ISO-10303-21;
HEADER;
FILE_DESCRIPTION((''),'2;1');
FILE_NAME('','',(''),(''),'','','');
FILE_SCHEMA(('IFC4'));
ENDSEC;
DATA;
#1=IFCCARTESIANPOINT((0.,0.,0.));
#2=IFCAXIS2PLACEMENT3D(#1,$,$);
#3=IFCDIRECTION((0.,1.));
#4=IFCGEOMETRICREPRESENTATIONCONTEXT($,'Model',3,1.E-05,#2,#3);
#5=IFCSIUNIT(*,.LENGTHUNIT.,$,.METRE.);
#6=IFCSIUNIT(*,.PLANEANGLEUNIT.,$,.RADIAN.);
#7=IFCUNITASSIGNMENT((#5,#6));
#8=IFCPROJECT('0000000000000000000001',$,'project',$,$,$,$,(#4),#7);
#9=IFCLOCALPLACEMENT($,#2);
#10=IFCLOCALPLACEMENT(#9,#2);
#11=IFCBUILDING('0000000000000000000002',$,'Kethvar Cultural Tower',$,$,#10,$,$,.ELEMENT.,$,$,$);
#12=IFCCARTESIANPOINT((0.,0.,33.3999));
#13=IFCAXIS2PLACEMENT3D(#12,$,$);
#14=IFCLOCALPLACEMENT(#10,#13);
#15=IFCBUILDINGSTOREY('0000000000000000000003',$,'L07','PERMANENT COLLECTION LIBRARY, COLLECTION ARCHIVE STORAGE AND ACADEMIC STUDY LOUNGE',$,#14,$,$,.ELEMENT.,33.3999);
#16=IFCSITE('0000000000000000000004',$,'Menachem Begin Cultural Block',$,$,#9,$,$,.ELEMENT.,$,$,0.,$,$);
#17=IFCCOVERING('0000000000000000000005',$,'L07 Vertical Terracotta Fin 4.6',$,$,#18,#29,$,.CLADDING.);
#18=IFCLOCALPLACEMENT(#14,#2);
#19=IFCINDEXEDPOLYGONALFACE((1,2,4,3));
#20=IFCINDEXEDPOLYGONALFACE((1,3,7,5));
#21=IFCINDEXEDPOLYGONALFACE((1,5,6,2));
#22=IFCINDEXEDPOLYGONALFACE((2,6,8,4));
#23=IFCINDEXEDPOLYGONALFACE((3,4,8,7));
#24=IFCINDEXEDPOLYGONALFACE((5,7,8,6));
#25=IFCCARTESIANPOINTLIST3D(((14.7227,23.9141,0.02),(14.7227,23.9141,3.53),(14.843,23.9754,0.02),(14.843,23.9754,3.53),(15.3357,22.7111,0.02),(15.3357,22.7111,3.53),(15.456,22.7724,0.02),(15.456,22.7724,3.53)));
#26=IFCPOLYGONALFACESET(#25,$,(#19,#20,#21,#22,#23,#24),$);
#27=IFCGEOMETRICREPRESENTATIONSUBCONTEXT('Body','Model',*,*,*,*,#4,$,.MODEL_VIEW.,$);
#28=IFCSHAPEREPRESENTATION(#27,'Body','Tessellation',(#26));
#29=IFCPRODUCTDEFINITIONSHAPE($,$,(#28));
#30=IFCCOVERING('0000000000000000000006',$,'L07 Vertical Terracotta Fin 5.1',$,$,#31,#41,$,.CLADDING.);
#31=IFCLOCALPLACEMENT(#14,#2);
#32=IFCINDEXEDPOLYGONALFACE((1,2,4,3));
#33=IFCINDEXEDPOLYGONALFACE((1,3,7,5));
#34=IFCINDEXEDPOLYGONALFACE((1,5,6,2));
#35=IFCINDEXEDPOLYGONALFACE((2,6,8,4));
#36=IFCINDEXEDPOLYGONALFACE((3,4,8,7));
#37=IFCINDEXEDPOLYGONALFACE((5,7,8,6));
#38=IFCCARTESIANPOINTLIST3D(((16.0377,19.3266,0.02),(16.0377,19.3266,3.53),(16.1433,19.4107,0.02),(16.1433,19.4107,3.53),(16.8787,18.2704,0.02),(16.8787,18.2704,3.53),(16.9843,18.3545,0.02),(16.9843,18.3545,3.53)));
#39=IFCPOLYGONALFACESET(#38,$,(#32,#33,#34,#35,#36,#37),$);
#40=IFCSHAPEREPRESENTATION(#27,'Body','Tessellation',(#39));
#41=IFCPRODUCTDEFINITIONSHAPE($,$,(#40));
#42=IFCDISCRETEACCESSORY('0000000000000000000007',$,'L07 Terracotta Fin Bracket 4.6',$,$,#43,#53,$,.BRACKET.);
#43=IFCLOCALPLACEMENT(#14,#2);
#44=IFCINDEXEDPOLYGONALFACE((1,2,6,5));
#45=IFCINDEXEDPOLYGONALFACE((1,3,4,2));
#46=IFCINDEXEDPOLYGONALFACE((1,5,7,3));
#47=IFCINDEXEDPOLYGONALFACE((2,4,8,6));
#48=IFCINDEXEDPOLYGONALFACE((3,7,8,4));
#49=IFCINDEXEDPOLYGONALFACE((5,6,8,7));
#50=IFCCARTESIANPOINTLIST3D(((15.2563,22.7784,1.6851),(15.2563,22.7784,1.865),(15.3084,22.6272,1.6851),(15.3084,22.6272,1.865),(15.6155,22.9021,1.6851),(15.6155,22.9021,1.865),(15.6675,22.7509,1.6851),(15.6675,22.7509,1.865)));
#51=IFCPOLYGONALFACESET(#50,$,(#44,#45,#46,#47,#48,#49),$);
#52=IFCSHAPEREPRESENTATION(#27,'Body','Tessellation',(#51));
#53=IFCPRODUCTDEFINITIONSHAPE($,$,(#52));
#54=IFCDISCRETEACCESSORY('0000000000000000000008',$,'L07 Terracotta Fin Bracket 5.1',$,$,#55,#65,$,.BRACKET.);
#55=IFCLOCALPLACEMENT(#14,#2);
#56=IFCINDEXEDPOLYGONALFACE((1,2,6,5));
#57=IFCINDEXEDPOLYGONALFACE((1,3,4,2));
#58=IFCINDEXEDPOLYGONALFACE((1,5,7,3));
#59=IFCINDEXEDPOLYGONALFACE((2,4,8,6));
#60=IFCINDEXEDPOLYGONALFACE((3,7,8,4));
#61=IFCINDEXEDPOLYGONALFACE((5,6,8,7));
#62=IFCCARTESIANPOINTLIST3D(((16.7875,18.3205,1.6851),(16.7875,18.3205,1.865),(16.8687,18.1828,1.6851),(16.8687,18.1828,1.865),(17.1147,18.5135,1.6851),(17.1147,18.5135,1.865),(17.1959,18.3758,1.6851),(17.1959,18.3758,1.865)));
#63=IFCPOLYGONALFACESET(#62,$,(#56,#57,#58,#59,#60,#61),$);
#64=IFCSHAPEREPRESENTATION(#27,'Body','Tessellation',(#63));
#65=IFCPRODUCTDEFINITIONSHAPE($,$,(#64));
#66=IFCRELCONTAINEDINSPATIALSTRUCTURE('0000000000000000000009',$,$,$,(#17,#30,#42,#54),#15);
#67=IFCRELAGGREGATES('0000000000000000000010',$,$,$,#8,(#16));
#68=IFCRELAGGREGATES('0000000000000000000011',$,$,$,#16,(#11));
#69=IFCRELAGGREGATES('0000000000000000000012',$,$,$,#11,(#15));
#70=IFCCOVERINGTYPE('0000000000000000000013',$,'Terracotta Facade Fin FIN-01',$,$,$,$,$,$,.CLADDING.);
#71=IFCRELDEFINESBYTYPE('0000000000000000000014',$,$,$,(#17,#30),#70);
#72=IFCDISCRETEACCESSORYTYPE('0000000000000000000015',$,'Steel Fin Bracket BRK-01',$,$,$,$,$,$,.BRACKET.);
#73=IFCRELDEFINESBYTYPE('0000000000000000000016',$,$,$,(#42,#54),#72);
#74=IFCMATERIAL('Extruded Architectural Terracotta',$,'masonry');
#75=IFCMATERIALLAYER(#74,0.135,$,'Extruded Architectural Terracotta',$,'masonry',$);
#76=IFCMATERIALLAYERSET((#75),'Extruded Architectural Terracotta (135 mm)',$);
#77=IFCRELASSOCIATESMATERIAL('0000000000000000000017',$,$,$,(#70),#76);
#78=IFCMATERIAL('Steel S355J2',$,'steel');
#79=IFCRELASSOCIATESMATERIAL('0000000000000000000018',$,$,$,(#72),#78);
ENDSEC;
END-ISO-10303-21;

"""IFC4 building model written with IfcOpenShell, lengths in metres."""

from ifc_helpers import new_model, si_unit, direction, frame, origin, origin_2d, place, context, subcontext, project, spatial, rectangle, extrude, source, transform, mapped, material, layer, layer_set, type_object, element, save


model = new_model("IFC4")

# Units and contexts
model_context = context("Model", 3, precision=1e-05, world=origin(), true_north=direction((0.0, 1.0)))
body_context = subcontext(model_context, "Body", "Model", "MODEL_VIEW")
ifc_project = project(units=[si_unit("LENGTHUNIT", "METRE"), si_unit("PLANEANGLEUNIT", "RADIAN")], contexts=[model_context])

# Site, building, storey
site_placement = place(None, origin())
site = spatial("IfcSite", under=ifc_project, at=site_placement, Name="Menachem Begin Cultural Block", CompositionType="ELEMENT", RefElevation=0.0)
building_placement = place(site_placement, origin())
building = spatial("IfcBuilding", under=site, at=building_placement, Name="Kethvar Cultural Tower", CompositionType="ELEMENT")
storey_placement = place(building_placement, frame((0.0, 0.0, 33.3999)))
storey = spatial("IfcBuildingStorey", under=building, at=storey_placement, Name="L07", Description="PERMANENT COLLECTION LIBRARY, COLLECTION ARCHIVE STORAGE AND ACADEMIC STUDY LOUNGE", CompositionType="ELEMENT", Elevation=33.3999)

# Shared definitions
ifc_material_1 = material(Name="Steel S355J2", Category="steel")

# Coverings
ifc_material_2 = material(Name="Extruded Architectural Terracotta", Category="masonry")
ifc_layer_1 = layer(ifc_material_2, 0.135, Name="Extruded Architectural Terracotta", Category="masonry")
ifc_layer_set_1 = layer_set([ifc_layer_1], Name="Extruded Architectural Terracotta (135 mm)")
covering_type_1 = type_object("IfcCoveringType", Name="Terracotta Facade Fin FIN-01", PredefinedType="CLADDING", material=ifc_layer_set_1)
shared_shape_1 = source(origin(), body_context, "Body", "SweptSolid", [
    extrude(rectangle(XDim=1.3501, YDim=0.135, at=origin_2d()), origin(), (0.0, 0.0, 1.0), 3.51),
])
for number, where, z_axis, x_axis, name in (
    (1, (15.0894, 23.3433, 0.02), (0.0, 0.0, 1.0), (-0.45399, 0.891007, 0.0), "L07 Vertical Terracotta Fin 4.6"),
    (2, (16.511, 18.8406, 0.02), (0.0, 0.0, 1.0), (-0.622924, 0.782282, 0.0), "L07 Vertical Terracotta Fin 5.1"),
):
    element("IfcCovering", number, at=place(storey_placement, frame(where, z_axis=z_axis, x_axis=x_axis)), inside=storey, type_object=covering_type_1, Name=name, PredefinedType="CLADDING", context=body_context, shape_type="MappedRepresentation", body=[
        mapped(shared_shape_1, transform((0.0, 0.0, 0.0), scale=1.0)),
    ])

# Discrete accessories
discrete_accessory_type = type_object("IfcDiscreteAccessoryType", Name="Steel Fin Bracket BRK-01", PredefinedType="BRACKET", material=ifc_material_1)
shared_shape_2 = source(origin(), body_context, "Body", "SweptSolid", [
    extrude(rectangle(XDim=0.3799, YDim=0.1599, at=origin_2d()), origin(), (0.0, 0.0, 1.0), 0.1799),
])
for number, where, z_axis, x_axis, name in (
    (3, (15.4619, 22.7646, 1.6851), (0.0, 0.0, 1.0), (-0.945519, -0.325568, 0.0), "L07 Terracotta Fin Bracket 4.6"),
    (4, (16.9917, 18.3481, 1.6851), (0.0, 0.0, 1.0), (-0.861363, -0.507989, 0.0), "L07 Terracotta Fin Bracket 5.1"),
):
    element("IfcDiscreteAccessory", number, at=place(storey_placement, frame(where, z_axis=z_axis, x_axis=x_axis)), inside=storey, type_object=discrete_accessory_type, Name=name, PredefinedType="BRACKET", context=body_context, shape_type="MappedRepresentation", body=[
        mapped(shared_shape_2, transform((0.0, 0.0, 0.0), scale=1.0)),
    ])

save(model, "model.ifc")
